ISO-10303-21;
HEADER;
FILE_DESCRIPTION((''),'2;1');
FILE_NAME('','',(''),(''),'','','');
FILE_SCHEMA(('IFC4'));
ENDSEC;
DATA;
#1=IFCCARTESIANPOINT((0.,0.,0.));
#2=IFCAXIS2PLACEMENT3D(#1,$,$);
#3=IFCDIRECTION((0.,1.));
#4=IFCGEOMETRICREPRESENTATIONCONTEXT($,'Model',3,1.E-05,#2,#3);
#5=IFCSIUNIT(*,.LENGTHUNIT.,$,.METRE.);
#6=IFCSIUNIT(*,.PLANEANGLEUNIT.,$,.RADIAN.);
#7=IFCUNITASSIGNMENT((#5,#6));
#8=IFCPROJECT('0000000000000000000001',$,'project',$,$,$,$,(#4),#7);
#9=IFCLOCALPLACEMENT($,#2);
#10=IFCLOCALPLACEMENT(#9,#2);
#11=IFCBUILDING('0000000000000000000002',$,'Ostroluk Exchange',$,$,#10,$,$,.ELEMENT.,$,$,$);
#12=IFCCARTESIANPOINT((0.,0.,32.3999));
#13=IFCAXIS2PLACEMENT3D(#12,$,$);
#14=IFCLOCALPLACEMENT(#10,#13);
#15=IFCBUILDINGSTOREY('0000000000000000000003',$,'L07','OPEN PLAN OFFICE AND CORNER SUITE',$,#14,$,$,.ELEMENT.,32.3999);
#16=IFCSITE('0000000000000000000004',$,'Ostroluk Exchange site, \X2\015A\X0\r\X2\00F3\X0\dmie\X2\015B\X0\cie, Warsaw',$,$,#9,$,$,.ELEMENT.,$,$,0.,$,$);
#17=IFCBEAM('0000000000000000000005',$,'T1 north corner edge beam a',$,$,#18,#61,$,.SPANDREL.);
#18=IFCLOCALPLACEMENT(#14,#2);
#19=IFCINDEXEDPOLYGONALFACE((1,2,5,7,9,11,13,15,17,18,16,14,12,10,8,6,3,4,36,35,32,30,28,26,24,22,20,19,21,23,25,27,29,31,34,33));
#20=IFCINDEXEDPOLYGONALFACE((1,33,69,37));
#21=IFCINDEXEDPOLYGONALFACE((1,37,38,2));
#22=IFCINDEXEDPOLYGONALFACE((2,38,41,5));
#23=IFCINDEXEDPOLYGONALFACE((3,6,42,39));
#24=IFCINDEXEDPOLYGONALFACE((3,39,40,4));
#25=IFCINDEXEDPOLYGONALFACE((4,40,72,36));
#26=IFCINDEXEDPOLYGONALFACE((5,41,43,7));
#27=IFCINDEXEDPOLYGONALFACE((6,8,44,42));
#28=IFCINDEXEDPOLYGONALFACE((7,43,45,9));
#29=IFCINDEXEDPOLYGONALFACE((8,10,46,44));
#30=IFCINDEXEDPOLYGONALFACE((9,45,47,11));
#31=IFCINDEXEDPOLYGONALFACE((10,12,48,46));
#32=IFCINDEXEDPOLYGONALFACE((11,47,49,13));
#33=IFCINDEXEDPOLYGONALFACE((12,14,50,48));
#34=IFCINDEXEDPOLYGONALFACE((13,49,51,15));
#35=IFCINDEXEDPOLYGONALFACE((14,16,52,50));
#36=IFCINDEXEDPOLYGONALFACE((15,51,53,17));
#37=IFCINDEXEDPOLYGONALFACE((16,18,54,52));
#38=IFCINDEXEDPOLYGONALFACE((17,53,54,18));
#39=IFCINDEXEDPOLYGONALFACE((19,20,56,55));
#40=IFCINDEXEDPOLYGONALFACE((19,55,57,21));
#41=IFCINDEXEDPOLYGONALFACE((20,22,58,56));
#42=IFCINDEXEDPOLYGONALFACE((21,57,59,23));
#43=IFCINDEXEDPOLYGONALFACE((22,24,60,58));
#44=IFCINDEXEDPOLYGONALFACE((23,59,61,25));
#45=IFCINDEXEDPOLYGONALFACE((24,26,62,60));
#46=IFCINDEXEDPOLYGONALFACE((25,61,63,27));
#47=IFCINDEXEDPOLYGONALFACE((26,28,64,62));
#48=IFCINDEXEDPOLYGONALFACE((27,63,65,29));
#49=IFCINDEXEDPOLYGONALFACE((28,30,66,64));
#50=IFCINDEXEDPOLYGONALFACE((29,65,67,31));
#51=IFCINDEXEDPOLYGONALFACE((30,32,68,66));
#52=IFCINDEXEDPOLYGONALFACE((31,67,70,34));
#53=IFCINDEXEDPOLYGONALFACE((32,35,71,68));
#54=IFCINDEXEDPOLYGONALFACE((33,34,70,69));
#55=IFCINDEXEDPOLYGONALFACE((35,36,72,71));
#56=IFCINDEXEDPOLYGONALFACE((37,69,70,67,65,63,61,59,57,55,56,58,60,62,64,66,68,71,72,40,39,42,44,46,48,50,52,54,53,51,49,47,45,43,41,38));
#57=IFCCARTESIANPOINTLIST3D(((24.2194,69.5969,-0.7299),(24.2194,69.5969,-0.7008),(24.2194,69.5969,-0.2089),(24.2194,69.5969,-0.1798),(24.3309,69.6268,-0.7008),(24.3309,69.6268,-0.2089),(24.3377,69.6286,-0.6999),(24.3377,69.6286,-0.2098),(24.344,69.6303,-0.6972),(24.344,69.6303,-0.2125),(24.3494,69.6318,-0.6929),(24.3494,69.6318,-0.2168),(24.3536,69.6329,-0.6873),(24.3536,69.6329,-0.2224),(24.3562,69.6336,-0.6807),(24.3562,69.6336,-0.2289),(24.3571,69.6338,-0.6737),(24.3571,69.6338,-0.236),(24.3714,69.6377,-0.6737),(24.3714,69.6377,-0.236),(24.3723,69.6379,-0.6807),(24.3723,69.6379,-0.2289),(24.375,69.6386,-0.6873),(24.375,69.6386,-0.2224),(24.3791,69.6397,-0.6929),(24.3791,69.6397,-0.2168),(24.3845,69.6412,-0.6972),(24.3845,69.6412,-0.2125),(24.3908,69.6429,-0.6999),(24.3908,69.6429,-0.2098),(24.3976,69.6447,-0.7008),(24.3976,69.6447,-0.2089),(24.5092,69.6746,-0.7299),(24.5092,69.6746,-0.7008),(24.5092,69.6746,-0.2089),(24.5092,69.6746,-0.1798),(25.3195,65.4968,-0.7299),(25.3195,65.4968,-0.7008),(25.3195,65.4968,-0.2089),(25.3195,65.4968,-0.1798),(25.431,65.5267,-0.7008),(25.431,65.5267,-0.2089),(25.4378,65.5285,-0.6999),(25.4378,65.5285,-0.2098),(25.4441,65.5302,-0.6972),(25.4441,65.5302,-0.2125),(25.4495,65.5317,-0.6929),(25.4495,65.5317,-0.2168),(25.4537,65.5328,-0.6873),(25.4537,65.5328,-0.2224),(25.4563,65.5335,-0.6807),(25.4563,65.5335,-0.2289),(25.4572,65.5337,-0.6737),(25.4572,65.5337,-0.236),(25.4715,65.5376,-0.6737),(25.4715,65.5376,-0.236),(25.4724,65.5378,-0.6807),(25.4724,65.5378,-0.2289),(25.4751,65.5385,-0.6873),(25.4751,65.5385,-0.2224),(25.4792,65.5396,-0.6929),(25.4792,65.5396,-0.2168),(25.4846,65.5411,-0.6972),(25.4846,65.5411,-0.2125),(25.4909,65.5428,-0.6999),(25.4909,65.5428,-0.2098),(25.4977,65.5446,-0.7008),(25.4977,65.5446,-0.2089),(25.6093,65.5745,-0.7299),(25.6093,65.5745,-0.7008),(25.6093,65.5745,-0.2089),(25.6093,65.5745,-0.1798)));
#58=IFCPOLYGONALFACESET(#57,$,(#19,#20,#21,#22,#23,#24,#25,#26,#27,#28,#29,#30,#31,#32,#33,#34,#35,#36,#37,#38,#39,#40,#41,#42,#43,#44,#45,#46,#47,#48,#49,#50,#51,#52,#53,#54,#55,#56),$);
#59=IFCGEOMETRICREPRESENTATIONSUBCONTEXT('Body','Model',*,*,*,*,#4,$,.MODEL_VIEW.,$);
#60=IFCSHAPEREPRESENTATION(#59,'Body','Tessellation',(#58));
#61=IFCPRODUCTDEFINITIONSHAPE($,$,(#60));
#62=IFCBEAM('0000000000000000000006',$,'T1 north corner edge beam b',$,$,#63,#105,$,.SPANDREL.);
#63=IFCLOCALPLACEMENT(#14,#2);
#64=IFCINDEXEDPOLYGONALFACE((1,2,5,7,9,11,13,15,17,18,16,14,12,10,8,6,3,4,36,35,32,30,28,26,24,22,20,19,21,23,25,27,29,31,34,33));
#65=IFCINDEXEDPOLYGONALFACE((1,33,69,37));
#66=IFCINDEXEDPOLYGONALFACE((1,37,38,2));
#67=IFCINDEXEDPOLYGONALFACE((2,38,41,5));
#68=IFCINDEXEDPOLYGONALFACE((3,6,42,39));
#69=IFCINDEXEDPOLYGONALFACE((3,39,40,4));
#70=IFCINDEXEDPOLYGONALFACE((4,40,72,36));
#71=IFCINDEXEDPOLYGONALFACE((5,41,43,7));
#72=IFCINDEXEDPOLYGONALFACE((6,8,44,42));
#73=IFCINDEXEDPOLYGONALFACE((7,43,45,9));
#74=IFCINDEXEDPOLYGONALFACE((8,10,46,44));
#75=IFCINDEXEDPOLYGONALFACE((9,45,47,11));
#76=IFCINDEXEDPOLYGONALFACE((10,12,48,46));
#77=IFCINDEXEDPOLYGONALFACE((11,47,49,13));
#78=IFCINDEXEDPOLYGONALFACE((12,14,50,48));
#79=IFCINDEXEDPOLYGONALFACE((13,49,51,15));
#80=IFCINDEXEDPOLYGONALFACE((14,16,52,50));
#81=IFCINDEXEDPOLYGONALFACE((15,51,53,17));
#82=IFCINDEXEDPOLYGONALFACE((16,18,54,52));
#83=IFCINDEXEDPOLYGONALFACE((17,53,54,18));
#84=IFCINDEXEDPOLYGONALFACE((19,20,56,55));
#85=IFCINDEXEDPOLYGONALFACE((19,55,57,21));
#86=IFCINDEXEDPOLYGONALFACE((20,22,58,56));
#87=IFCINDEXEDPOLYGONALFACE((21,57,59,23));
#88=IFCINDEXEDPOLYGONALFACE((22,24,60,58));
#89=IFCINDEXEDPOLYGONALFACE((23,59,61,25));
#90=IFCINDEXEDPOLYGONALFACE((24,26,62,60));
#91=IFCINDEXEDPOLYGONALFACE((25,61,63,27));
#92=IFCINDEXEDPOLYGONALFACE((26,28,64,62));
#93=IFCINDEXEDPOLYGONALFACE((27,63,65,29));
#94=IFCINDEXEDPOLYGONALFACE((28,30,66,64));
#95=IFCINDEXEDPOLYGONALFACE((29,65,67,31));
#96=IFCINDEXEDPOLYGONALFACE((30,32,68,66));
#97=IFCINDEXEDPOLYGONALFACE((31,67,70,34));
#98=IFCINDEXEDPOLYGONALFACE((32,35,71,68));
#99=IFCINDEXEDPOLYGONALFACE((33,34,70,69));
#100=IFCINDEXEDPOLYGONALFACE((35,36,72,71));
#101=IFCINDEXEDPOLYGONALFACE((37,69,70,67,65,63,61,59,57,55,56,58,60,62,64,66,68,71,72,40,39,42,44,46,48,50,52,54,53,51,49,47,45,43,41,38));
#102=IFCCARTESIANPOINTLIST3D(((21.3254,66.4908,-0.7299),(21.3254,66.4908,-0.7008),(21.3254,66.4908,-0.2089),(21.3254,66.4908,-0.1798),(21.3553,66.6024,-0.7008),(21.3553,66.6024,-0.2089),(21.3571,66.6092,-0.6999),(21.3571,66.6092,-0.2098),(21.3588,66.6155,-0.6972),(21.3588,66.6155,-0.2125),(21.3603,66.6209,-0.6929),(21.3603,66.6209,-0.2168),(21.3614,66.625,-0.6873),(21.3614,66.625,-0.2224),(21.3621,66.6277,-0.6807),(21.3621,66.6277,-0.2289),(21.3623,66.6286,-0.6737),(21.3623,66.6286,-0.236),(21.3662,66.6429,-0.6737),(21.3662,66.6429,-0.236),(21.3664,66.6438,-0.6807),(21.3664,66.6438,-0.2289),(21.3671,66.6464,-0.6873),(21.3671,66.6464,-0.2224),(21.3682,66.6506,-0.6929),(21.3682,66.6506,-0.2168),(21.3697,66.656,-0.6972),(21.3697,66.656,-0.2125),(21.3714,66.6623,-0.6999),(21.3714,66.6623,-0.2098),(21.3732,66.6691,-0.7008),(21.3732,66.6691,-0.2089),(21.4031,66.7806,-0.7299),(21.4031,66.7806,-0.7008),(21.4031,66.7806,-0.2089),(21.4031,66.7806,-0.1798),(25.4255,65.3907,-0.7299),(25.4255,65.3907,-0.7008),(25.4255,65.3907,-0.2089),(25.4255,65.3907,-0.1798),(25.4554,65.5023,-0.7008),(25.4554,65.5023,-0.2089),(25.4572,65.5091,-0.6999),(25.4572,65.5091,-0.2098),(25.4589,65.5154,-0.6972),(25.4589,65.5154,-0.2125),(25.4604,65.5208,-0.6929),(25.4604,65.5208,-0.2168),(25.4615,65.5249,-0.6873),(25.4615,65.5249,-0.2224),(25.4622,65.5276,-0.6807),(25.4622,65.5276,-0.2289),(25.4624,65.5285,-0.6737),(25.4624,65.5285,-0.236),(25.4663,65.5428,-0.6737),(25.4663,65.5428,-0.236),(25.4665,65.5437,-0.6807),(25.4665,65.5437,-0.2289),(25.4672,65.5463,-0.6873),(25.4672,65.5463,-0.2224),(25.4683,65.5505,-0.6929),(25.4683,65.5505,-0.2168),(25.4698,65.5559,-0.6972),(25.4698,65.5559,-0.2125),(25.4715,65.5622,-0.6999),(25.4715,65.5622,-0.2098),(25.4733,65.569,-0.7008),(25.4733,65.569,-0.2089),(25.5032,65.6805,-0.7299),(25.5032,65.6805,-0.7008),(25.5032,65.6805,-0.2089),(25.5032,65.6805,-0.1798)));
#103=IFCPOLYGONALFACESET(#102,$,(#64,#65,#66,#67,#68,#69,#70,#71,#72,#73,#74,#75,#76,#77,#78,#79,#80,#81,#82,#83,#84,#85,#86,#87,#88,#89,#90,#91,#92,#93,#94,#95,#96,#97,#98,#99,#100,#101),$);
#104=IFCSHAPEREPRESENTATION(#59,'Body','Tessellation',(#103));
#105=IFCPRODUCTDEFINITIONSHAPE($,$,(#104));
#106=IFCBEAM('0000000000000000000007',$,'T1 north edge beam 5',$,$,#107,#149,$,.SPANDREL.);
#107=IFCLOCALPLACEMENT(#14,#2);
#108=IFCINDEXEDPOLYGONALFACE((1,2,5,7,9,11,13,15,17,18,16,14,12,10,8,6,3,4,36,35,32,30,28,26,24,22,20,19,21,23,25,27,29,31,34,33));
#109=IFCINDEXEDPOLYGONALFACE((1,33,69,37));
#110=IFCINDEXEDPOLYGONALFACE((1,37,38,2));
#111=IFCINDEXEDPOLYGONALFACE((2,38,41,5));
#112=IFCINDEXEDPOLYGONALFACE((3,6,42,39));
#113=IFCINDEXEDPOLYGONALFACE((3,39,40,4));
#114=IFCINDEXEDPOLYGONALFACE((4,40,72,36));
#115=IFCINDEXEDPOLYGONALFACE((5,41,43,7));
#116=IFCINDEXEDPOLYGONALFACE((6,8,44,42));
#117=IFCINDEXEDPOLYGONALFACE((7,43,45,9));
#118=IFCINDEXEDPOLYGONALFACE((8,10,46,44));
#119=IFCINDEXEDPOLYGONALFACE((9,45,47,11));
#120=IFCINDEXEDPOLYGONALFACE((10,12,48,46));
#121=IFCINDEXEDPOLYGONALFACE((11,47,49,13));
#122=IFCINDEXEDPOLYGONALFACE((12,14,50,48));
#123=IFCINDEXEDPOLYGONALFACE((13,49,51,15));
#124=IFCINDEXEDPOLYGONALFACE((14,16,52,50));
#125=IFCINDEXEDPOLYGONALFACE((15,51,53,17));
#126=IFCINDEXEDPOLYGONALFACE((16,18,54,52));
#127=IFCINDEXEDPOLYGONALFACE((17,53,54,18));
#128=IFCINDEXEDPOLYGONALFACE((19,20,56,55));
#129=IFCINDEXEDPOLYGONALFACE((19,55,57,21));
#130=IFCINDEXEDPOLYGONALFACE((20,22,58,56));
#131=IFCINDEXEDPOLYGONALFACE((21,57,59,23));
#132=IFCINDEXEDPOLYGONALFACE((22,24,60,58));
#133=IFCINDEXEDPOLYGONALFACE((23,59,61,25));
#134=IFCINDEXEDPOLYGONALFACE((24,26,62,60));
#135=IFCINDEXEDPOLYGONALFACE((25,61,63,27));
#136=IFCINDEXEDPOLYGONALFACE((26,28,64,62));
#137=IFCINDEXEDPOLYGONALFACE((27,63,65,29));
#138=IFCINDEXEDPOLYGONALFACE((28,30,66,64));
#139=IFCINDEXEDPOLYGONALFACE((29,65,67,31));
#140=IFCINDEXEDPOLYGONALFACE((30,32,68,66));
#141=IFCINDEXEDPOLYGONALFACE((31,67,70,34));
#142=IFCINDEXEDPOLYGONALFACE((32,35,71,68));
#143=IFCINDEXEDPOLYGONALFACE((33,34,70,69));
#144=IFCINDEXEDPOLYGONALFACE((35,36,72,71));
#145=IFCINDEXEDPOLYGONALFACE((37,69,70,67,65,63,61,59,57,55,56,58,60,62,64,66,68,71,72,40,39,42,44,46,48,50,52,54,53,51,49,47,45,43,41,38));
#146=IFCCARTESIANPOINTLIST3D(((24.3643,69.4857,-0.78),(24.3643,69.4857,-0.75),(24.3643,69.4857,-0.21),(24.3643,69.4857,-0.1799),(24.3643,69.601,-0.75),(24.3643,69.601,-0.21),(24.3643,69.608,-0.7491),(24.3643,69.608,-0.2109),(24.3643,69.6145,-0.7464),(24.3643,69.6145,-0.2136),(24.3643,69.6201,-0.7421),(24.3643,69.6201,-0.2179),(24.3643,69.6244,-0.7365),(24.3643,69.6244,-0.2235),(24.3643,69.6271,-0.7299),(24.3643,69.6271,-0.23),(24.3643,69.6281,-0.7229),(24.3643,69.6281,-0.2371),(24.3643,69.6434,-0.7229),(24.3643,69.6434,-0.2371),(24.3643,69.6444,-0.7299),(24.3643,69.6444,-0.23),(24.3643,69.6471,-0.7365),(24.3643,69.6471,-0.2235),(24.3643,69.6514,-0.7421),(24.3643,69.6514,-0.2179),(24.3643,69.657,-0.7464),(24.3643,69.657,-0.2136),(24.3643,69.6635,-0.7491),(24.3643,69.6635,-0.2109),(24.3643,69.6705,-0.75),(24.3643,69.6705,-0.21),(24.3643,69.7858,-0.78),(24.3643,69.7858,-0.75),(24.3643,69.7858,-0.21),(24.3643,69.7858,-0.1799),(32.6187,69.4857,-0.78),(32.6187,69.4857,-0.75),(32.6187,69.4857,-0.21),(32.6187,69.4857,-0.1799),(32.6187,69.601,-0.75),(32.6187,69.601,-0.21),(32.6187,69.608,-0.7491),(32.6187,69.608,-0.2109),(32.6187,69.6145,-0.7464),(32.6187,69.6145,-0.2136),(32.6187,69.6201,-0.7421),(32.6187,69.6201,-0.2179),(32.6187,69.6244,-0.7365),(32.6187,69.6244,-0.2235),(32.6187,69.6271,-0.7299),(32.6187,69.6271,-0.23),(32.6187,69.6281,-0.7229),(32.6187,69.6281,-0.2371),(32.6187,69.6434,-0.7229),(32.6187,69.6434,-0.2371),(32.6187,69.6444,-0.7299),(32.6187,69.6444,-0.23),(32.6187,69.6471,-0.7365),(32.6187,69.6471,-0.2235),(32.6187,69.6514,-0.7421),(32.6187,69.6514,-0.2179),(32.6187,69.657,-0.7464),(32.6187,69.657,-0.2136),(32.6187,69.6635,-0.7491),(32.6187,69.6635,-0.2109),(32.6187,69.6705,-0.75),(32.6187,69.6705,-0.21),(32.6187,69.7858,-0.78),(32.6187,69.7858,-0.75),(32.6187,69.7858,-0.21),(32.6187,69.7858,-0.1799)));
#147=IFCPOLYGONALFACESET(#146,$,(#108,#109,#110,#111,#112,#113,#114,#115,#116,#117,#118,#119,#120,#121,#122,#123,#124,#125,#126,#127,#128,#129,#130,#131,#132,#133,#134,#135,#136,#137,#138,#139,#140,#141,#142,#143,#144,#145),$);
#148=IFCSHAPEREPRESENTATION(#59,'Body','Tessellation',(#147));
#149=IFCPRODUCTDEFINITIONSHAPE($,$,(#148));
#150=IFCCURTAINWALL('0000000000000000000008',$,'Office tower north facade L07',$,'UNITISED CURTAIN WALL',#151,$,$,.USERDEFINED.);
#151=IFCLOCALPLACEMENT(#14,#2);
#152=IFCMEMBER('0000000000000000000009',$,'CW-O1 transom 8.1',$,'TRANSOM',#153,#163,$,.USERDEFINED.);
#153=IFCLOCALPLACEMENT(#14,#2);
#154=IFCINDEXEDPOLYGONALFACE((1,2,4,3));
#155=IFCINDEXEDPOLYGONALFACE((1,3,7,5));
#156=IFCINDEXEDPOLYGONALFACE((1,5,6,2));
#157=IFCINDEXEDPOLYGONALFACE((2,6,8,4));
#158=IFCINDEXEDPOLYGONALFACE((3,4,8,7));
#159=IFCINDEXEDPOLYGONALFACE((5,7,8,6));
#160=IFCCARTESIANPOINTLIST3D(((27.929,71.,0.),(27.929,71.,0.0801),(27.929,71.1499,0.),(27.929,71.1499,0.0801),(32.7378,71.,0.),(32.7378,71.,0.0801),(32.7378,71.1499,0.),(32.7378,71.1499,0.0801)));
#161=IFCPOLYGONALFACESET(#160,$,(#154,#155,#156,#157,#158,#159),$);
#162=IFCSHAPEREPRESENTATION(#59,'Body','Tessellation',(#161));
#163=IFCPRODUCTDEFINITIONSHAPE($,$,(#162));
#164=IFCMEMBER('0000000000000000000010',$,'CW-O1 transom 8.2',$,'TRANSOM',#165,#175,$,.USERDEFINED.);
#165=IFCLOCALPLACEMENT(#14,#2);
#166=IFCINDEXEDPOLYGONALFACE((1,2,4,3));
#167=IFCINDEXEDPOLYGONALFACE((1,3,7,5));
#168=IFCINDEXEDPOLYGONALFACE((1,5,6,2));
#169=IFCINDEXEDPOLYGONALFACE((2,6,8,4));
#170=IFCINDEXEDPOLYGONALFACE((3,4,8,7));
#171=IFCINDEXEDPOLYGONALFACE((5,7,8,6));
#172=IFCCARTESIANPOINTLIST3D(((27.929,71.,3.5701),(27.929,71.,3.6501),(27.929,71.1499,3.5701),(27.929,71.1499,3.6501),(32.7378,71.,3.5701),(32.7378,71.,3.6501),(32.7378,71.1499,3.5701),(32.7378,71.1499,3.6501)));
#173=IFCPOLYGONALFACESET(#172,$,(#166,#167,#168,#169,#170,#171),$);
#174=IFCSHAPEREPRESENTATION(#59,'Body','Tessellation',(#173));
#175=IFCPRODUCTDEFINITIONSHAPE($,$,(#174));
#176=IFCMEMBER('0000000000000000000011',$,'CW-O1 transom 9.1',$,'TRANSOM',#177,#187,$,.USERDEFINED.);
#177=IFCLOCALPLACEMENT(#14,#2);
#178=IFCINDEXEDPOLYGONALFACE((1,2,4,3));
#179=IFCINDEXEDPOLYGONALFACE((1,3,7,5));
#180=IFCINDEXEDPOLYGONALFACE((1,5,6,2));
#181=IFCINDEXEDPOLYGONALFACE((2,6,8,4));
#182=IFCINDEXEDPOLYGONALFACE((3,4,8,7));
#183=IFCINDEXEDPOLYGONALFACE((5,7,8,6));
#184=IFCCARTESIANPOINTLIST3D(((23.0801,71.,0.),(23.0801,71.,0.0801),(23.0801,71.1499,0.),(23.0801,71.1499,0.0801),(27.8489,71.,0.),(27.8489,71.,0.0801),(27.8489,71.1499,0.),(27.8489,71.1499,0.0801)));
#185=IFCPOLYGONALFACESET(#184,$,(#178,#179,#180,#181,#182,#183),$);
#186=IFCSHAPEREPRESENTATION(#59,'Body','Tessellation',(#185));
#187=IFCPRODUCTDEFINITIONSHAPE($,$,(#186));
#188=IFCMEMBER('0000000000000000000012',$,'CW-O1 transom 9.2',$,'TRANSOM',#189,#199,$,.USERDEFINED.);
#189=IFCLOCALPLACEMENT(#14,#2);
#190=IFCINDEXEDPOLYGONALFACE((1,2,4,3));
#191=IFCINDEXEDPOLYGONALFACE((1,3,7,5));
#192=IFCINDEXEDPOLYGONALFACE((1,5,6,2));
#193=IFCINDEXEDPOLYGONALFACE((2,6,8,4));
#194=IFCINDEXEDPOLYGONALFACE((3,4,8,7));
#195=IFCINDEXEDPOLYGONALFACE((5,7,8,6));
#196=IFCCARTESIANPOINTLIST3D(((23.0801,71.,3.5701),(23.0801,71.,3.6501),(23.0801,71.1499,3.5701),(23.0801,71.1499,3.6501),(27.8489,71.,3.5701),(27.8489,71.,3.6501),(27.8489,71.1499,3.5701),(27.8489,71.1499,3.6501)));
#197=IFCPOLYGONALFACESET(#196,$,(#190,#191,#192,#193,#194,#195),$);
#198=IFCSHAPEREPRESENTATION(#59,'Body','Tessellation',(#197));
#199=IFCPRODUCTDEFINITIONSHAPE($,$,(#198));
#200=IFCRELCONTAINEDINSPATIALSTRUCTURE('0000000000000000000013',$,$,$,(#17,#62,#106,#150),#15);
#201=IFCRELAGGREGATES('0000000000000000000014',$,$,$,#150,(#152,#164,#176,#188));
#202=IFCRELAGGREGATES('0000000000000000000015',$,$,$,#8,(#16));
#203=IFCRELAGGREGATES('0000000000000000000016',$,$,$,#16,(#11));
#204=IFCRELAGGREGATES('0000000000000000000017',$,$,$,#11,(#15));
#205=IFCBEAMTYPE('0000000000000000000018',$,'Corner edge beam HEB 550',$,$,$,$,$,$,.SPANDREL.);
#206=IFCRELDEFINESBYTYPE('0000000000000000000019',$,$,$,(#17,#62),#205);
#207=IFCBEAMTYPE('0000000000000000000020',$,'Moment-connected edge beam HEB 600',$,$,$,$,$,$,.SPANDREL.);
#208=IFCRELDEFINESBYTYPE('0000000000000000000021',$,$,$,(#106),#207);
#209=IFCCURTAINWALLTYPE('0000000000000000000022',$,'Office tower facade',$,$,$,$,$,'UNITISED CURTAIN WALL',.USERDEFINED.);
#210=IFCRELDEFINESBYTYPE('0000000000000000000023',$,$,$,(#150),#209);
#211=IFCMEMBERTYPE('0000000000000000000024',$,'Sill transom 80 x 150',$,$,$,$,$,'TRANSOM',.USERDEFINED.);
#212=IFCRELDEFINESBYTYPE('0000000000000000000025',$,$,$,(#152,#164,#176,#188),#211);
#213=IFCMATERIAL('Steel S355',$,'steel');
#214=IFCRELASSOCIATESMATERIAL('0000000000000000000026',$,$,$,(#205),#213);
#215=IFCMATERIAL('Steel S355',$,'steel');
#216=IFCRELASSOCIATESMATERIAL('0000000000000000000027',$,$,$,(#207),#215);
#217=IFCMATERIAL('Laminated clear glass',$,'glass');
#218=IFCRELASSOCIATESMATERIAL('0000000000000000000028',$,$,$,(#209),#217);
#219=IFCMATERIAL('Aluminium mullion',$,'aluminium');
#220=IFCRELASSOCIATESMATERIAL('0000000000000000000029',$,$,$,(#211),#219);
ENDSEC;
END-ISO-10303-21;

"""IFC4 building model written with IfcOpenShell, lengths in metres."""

from ifc_helpers import new_model, si_unit, direction, frame, origin, origin_2d, place, context, subcontext, project, spatial, rectangle, i_section, extrude, material, material_profile, profile_set, type_object, element, aggregate, save


model = new_model("IFC4")

# Units and contexts
model_context = context("Model", 3, precision=1e-05, world=origin(), true_north=direction((0.0, 1.0)))
body_context = subcontext(model_context, "Body", "Model", "MODEL_VIEW")
ifc_project = project(units=[si_unit("LENGTHUNIT", "METRE"), si_unit("PLANEANGLEUNIT", "RADIAN")], contexts=[model_context])

# Site, building, storey
site_placement = place(None, origin())
site = spatial("IfcSite", under=ifc_project, at=site_placement, Name="Ostroluk Exchange site, Śródmieście, Warsaw", CompositionType="ELEMENT", RefElevation=0.0)
building_placement = place(site_placement, origin())
building = spatial("IfcBuilding", under=site, at=building_placement, Name="Ostroluk Exchange", CompositionType="ELEMENT")
storey_placement = place(building_placement, frame((0.0, 0.0, 32.3999)))
storey = spatial("IfcBuildingStorey", under=building, at=storey_placement, Name="L07", Description="OPEN PLAN OFFICE AND CORNER SUITE", CompositionType="ELEMENT", Elevation=32.3999)

# Beams
ifc_material_1 = material(Name="Steel S355", Category="steel")
ifc_material_profile_1 = material_profile(ifc_material_1, i_section(OverallWidth=0.3, OverallDepth=0.55, WebThickness=0.0149, FlangeThickness=0.0291, FilletRadius=0.0271, at=origin_2d()), Name="HEB 550")
ifc_profile_set_1 = profile_set([ifc_material_profile_1], Name="Steel S355")
beam_type_1 = type_object("IfcBeamType", Name="Corner edge beam HEB 550", PredefinedType="SPANDREL", material=ifc_profile_set_1)
for number, where, z_axis, x_axis, name in (
    (1, (25.4644, 65.5356, -0.4548), (-0.259144, 0.965839, 0.0), (-0.965839, -0.259144, 0.0), "T1 north corner edge beam a"),
    (2, (25.4644, 65.5356, -0.4548), (-0.965839, 0.259144, 0.0), (-0.259144, -0.965839, 0.0), "T1 north corner edge beam b"),
):
    element("IfcBeam", number, at=place(storey_placement, frame(where, z_axis=z_axis, x_axis=x_axis)), inside=storey, type_object=beam_type_1, Name=name, PredefinedType="SPANDREL", context=body_context, shape_type="SweptSolid", body=[
        extrude(i_section(OverallWidth=0.3, OverallDepth=0.55, WebThickness=0.0149, FlangeThickness=0.0291, FilletRadius=0.0271, at=origin_2d()), origin(), (0.0, 0.0, 1.0), 4.2451),
    ])
ifc_material_2 = material(Name="Steel S355", Category="steel")
ifc_material_profile_2 = material_profile(ifc_material_2, i_section(OverallWidth=0.3, OverallDepth=0.6001, WebThickness=0.0154, FlangeThickness=0.03, FilletRadius=0.0271, at=origin_2d()), Name="HEB 600")
ifc_profile_set_2 = profile_set([ifc_material_profile_2], Name="Steel S355")
beam_type_2 = type_object("IfcBeamType", Name="Moment-connected edge beam HEB 600", PredefinedType="SPANDREL", material=ifc_profile_set_2)
beam_1_placement = place(storey_placement, frame((32.6187, 69.6357, -0.48), z_axis=(-1.0, 0.0, 0.0), x_axis=(0.0, -1.0, 0.0)))
element("IfcBeam", 3, at=beam_1_placement, inside=storey, type_object=beam_type_2, Name="T1 north edge beam 5", PredefinedType="SPANDREL", context=body_context, shape_type="SweptSolid", body=[
    extrude(i_section(OverallWidth=0.3, OverallDepth=0.6001, WebThickness=0.0154, FlangeThickness=0.03, FilletRadius=0.0271, at=origin_2d()), origin(), (0.0, 0.0, 1.0), 8.2544),
])

# Curtain wall, members
ifc_material_3 = material(Name="Laminated clear glass", Category="glass")
curtain_wall_type = type_object("IfcCurtainWallType", Name="Office tower facade", ElementType="UNITISED CURTAIN WALL", PredefinedType="USERDEFINED", material=ifc_material_3)
curtain_wall_placement = place(storey_placement, origin())
curtain_wall = element("IfcCurtainWall", 4, at=curtain_wall_placement, inside=storey, type_object=curtain_wall_type, Name="Office tower north facade L07", ObjectType="UNITISED CURTAIN WALL", PredefinedType="USERDEFINED")
ifc_material_4 = material(Name="Aluminium mullion", Category="aluminium")
ifc_material_profile_3 = material_profile(ifc_material_4, rectangle(XDim=0.1499, YDim=0.0801, at=origin_2d()), Name="Sill transom 80 x 150")
ifc_profile_set_3 = profile_set([ifc_material_profile_3], Name="Aluminium mullion")
member_type_1 = type_object("IfcMemberType", Name="Sill transom 80 x 150", ElementType="TRANSOM", PredefinedType="USERDEFINED", material=ifc_profile_set_3)
member_1_placement = place(storey_placement, frame((32.7378, 71.075, 0.04), z_axis=(-1.0, 0.0, 0.0), x_axis=(0.0, -1.0, 0.0)))
member_1 = element("IfcMember", 5, at=member_1_placement, type_object=member_type_1, Name="CW-O1 transom 8.1", ObjectType="TRANSOM", PredefinedType="USERDEFINED", context=body_context, shape_type="SweptSolid", body=[
    extrude(rectangle(XDim=0.1499, YDim=0.0801, at=origin_2d()), origin(), (0.0, 0.0, 1.0), 4.8088),
])
member_2_placement = place(storey_placement, frame((32.7378, 71.075, 3.6101), z_axis=(-1.0, 0.0, 0.0), x_axis=(0.0, -1.0, 0.0)))
member_2 = element("IfcMember", 6, at=member_2_placement, type_object=member_type_1, Name="CW-O1 transom 8.2", ObjectType="TRANSOM", PredefinedType="USERDEFINED", context=body_context, shape_type="SweptSolid", body=[
    extrude(rectangle(XDim=0.1499, YDim=0.0801, at=origin_2d()), origin(), (0.0, 0.0, 1.0), 4.8088),
])
member_3_placement = place(storey_placement, frame((27.8489, 71.075, 0.04), z_axis=(-1.0, 0.0, 0.0), x_axis=(0.0, -1.0, 0.0)))
member_3 = element("IfcMember", 7, at=member_3_placement, type_object=member_type_1, Name="CW-O1 transom 9.1", ObjectType="TRANSOM", PredefinedType="USERDEFINED", context=body_context, shape_type="SweptSolid", body=[
    extrude(rectangle(XDim=0.1499, YDim=0.0801, at=origin_2d()), origin(), (0.0, 0.0, 1.0), 4.7688),
])
member_4_placement = place(storey_placement, frame((27.8489, 71.075, 3.6101), z_axis=(-1.0, 0.0, 0.0), x_axis=(0.0, -1.0, 0.0)))
member_4 = element("IfcMember", 8, at=member_4_placement, type_object=member_type_1, Name="CW-O1 transom 9.2", ObjectType="TRANSOM", PredefinedType="USERDEFINED", context=body_context, shape_type="SweptSolid", body=[
    extrude(rectangle(XDim=0.1499, YDim=0.0801, at=origin_2d()), origin(), (0.0, 0.0, 1.0), 4.7688),
])
aggregate(curtain_wall, [member_1, member_2, member_3, member_4])

save(model, "model.ifc")
